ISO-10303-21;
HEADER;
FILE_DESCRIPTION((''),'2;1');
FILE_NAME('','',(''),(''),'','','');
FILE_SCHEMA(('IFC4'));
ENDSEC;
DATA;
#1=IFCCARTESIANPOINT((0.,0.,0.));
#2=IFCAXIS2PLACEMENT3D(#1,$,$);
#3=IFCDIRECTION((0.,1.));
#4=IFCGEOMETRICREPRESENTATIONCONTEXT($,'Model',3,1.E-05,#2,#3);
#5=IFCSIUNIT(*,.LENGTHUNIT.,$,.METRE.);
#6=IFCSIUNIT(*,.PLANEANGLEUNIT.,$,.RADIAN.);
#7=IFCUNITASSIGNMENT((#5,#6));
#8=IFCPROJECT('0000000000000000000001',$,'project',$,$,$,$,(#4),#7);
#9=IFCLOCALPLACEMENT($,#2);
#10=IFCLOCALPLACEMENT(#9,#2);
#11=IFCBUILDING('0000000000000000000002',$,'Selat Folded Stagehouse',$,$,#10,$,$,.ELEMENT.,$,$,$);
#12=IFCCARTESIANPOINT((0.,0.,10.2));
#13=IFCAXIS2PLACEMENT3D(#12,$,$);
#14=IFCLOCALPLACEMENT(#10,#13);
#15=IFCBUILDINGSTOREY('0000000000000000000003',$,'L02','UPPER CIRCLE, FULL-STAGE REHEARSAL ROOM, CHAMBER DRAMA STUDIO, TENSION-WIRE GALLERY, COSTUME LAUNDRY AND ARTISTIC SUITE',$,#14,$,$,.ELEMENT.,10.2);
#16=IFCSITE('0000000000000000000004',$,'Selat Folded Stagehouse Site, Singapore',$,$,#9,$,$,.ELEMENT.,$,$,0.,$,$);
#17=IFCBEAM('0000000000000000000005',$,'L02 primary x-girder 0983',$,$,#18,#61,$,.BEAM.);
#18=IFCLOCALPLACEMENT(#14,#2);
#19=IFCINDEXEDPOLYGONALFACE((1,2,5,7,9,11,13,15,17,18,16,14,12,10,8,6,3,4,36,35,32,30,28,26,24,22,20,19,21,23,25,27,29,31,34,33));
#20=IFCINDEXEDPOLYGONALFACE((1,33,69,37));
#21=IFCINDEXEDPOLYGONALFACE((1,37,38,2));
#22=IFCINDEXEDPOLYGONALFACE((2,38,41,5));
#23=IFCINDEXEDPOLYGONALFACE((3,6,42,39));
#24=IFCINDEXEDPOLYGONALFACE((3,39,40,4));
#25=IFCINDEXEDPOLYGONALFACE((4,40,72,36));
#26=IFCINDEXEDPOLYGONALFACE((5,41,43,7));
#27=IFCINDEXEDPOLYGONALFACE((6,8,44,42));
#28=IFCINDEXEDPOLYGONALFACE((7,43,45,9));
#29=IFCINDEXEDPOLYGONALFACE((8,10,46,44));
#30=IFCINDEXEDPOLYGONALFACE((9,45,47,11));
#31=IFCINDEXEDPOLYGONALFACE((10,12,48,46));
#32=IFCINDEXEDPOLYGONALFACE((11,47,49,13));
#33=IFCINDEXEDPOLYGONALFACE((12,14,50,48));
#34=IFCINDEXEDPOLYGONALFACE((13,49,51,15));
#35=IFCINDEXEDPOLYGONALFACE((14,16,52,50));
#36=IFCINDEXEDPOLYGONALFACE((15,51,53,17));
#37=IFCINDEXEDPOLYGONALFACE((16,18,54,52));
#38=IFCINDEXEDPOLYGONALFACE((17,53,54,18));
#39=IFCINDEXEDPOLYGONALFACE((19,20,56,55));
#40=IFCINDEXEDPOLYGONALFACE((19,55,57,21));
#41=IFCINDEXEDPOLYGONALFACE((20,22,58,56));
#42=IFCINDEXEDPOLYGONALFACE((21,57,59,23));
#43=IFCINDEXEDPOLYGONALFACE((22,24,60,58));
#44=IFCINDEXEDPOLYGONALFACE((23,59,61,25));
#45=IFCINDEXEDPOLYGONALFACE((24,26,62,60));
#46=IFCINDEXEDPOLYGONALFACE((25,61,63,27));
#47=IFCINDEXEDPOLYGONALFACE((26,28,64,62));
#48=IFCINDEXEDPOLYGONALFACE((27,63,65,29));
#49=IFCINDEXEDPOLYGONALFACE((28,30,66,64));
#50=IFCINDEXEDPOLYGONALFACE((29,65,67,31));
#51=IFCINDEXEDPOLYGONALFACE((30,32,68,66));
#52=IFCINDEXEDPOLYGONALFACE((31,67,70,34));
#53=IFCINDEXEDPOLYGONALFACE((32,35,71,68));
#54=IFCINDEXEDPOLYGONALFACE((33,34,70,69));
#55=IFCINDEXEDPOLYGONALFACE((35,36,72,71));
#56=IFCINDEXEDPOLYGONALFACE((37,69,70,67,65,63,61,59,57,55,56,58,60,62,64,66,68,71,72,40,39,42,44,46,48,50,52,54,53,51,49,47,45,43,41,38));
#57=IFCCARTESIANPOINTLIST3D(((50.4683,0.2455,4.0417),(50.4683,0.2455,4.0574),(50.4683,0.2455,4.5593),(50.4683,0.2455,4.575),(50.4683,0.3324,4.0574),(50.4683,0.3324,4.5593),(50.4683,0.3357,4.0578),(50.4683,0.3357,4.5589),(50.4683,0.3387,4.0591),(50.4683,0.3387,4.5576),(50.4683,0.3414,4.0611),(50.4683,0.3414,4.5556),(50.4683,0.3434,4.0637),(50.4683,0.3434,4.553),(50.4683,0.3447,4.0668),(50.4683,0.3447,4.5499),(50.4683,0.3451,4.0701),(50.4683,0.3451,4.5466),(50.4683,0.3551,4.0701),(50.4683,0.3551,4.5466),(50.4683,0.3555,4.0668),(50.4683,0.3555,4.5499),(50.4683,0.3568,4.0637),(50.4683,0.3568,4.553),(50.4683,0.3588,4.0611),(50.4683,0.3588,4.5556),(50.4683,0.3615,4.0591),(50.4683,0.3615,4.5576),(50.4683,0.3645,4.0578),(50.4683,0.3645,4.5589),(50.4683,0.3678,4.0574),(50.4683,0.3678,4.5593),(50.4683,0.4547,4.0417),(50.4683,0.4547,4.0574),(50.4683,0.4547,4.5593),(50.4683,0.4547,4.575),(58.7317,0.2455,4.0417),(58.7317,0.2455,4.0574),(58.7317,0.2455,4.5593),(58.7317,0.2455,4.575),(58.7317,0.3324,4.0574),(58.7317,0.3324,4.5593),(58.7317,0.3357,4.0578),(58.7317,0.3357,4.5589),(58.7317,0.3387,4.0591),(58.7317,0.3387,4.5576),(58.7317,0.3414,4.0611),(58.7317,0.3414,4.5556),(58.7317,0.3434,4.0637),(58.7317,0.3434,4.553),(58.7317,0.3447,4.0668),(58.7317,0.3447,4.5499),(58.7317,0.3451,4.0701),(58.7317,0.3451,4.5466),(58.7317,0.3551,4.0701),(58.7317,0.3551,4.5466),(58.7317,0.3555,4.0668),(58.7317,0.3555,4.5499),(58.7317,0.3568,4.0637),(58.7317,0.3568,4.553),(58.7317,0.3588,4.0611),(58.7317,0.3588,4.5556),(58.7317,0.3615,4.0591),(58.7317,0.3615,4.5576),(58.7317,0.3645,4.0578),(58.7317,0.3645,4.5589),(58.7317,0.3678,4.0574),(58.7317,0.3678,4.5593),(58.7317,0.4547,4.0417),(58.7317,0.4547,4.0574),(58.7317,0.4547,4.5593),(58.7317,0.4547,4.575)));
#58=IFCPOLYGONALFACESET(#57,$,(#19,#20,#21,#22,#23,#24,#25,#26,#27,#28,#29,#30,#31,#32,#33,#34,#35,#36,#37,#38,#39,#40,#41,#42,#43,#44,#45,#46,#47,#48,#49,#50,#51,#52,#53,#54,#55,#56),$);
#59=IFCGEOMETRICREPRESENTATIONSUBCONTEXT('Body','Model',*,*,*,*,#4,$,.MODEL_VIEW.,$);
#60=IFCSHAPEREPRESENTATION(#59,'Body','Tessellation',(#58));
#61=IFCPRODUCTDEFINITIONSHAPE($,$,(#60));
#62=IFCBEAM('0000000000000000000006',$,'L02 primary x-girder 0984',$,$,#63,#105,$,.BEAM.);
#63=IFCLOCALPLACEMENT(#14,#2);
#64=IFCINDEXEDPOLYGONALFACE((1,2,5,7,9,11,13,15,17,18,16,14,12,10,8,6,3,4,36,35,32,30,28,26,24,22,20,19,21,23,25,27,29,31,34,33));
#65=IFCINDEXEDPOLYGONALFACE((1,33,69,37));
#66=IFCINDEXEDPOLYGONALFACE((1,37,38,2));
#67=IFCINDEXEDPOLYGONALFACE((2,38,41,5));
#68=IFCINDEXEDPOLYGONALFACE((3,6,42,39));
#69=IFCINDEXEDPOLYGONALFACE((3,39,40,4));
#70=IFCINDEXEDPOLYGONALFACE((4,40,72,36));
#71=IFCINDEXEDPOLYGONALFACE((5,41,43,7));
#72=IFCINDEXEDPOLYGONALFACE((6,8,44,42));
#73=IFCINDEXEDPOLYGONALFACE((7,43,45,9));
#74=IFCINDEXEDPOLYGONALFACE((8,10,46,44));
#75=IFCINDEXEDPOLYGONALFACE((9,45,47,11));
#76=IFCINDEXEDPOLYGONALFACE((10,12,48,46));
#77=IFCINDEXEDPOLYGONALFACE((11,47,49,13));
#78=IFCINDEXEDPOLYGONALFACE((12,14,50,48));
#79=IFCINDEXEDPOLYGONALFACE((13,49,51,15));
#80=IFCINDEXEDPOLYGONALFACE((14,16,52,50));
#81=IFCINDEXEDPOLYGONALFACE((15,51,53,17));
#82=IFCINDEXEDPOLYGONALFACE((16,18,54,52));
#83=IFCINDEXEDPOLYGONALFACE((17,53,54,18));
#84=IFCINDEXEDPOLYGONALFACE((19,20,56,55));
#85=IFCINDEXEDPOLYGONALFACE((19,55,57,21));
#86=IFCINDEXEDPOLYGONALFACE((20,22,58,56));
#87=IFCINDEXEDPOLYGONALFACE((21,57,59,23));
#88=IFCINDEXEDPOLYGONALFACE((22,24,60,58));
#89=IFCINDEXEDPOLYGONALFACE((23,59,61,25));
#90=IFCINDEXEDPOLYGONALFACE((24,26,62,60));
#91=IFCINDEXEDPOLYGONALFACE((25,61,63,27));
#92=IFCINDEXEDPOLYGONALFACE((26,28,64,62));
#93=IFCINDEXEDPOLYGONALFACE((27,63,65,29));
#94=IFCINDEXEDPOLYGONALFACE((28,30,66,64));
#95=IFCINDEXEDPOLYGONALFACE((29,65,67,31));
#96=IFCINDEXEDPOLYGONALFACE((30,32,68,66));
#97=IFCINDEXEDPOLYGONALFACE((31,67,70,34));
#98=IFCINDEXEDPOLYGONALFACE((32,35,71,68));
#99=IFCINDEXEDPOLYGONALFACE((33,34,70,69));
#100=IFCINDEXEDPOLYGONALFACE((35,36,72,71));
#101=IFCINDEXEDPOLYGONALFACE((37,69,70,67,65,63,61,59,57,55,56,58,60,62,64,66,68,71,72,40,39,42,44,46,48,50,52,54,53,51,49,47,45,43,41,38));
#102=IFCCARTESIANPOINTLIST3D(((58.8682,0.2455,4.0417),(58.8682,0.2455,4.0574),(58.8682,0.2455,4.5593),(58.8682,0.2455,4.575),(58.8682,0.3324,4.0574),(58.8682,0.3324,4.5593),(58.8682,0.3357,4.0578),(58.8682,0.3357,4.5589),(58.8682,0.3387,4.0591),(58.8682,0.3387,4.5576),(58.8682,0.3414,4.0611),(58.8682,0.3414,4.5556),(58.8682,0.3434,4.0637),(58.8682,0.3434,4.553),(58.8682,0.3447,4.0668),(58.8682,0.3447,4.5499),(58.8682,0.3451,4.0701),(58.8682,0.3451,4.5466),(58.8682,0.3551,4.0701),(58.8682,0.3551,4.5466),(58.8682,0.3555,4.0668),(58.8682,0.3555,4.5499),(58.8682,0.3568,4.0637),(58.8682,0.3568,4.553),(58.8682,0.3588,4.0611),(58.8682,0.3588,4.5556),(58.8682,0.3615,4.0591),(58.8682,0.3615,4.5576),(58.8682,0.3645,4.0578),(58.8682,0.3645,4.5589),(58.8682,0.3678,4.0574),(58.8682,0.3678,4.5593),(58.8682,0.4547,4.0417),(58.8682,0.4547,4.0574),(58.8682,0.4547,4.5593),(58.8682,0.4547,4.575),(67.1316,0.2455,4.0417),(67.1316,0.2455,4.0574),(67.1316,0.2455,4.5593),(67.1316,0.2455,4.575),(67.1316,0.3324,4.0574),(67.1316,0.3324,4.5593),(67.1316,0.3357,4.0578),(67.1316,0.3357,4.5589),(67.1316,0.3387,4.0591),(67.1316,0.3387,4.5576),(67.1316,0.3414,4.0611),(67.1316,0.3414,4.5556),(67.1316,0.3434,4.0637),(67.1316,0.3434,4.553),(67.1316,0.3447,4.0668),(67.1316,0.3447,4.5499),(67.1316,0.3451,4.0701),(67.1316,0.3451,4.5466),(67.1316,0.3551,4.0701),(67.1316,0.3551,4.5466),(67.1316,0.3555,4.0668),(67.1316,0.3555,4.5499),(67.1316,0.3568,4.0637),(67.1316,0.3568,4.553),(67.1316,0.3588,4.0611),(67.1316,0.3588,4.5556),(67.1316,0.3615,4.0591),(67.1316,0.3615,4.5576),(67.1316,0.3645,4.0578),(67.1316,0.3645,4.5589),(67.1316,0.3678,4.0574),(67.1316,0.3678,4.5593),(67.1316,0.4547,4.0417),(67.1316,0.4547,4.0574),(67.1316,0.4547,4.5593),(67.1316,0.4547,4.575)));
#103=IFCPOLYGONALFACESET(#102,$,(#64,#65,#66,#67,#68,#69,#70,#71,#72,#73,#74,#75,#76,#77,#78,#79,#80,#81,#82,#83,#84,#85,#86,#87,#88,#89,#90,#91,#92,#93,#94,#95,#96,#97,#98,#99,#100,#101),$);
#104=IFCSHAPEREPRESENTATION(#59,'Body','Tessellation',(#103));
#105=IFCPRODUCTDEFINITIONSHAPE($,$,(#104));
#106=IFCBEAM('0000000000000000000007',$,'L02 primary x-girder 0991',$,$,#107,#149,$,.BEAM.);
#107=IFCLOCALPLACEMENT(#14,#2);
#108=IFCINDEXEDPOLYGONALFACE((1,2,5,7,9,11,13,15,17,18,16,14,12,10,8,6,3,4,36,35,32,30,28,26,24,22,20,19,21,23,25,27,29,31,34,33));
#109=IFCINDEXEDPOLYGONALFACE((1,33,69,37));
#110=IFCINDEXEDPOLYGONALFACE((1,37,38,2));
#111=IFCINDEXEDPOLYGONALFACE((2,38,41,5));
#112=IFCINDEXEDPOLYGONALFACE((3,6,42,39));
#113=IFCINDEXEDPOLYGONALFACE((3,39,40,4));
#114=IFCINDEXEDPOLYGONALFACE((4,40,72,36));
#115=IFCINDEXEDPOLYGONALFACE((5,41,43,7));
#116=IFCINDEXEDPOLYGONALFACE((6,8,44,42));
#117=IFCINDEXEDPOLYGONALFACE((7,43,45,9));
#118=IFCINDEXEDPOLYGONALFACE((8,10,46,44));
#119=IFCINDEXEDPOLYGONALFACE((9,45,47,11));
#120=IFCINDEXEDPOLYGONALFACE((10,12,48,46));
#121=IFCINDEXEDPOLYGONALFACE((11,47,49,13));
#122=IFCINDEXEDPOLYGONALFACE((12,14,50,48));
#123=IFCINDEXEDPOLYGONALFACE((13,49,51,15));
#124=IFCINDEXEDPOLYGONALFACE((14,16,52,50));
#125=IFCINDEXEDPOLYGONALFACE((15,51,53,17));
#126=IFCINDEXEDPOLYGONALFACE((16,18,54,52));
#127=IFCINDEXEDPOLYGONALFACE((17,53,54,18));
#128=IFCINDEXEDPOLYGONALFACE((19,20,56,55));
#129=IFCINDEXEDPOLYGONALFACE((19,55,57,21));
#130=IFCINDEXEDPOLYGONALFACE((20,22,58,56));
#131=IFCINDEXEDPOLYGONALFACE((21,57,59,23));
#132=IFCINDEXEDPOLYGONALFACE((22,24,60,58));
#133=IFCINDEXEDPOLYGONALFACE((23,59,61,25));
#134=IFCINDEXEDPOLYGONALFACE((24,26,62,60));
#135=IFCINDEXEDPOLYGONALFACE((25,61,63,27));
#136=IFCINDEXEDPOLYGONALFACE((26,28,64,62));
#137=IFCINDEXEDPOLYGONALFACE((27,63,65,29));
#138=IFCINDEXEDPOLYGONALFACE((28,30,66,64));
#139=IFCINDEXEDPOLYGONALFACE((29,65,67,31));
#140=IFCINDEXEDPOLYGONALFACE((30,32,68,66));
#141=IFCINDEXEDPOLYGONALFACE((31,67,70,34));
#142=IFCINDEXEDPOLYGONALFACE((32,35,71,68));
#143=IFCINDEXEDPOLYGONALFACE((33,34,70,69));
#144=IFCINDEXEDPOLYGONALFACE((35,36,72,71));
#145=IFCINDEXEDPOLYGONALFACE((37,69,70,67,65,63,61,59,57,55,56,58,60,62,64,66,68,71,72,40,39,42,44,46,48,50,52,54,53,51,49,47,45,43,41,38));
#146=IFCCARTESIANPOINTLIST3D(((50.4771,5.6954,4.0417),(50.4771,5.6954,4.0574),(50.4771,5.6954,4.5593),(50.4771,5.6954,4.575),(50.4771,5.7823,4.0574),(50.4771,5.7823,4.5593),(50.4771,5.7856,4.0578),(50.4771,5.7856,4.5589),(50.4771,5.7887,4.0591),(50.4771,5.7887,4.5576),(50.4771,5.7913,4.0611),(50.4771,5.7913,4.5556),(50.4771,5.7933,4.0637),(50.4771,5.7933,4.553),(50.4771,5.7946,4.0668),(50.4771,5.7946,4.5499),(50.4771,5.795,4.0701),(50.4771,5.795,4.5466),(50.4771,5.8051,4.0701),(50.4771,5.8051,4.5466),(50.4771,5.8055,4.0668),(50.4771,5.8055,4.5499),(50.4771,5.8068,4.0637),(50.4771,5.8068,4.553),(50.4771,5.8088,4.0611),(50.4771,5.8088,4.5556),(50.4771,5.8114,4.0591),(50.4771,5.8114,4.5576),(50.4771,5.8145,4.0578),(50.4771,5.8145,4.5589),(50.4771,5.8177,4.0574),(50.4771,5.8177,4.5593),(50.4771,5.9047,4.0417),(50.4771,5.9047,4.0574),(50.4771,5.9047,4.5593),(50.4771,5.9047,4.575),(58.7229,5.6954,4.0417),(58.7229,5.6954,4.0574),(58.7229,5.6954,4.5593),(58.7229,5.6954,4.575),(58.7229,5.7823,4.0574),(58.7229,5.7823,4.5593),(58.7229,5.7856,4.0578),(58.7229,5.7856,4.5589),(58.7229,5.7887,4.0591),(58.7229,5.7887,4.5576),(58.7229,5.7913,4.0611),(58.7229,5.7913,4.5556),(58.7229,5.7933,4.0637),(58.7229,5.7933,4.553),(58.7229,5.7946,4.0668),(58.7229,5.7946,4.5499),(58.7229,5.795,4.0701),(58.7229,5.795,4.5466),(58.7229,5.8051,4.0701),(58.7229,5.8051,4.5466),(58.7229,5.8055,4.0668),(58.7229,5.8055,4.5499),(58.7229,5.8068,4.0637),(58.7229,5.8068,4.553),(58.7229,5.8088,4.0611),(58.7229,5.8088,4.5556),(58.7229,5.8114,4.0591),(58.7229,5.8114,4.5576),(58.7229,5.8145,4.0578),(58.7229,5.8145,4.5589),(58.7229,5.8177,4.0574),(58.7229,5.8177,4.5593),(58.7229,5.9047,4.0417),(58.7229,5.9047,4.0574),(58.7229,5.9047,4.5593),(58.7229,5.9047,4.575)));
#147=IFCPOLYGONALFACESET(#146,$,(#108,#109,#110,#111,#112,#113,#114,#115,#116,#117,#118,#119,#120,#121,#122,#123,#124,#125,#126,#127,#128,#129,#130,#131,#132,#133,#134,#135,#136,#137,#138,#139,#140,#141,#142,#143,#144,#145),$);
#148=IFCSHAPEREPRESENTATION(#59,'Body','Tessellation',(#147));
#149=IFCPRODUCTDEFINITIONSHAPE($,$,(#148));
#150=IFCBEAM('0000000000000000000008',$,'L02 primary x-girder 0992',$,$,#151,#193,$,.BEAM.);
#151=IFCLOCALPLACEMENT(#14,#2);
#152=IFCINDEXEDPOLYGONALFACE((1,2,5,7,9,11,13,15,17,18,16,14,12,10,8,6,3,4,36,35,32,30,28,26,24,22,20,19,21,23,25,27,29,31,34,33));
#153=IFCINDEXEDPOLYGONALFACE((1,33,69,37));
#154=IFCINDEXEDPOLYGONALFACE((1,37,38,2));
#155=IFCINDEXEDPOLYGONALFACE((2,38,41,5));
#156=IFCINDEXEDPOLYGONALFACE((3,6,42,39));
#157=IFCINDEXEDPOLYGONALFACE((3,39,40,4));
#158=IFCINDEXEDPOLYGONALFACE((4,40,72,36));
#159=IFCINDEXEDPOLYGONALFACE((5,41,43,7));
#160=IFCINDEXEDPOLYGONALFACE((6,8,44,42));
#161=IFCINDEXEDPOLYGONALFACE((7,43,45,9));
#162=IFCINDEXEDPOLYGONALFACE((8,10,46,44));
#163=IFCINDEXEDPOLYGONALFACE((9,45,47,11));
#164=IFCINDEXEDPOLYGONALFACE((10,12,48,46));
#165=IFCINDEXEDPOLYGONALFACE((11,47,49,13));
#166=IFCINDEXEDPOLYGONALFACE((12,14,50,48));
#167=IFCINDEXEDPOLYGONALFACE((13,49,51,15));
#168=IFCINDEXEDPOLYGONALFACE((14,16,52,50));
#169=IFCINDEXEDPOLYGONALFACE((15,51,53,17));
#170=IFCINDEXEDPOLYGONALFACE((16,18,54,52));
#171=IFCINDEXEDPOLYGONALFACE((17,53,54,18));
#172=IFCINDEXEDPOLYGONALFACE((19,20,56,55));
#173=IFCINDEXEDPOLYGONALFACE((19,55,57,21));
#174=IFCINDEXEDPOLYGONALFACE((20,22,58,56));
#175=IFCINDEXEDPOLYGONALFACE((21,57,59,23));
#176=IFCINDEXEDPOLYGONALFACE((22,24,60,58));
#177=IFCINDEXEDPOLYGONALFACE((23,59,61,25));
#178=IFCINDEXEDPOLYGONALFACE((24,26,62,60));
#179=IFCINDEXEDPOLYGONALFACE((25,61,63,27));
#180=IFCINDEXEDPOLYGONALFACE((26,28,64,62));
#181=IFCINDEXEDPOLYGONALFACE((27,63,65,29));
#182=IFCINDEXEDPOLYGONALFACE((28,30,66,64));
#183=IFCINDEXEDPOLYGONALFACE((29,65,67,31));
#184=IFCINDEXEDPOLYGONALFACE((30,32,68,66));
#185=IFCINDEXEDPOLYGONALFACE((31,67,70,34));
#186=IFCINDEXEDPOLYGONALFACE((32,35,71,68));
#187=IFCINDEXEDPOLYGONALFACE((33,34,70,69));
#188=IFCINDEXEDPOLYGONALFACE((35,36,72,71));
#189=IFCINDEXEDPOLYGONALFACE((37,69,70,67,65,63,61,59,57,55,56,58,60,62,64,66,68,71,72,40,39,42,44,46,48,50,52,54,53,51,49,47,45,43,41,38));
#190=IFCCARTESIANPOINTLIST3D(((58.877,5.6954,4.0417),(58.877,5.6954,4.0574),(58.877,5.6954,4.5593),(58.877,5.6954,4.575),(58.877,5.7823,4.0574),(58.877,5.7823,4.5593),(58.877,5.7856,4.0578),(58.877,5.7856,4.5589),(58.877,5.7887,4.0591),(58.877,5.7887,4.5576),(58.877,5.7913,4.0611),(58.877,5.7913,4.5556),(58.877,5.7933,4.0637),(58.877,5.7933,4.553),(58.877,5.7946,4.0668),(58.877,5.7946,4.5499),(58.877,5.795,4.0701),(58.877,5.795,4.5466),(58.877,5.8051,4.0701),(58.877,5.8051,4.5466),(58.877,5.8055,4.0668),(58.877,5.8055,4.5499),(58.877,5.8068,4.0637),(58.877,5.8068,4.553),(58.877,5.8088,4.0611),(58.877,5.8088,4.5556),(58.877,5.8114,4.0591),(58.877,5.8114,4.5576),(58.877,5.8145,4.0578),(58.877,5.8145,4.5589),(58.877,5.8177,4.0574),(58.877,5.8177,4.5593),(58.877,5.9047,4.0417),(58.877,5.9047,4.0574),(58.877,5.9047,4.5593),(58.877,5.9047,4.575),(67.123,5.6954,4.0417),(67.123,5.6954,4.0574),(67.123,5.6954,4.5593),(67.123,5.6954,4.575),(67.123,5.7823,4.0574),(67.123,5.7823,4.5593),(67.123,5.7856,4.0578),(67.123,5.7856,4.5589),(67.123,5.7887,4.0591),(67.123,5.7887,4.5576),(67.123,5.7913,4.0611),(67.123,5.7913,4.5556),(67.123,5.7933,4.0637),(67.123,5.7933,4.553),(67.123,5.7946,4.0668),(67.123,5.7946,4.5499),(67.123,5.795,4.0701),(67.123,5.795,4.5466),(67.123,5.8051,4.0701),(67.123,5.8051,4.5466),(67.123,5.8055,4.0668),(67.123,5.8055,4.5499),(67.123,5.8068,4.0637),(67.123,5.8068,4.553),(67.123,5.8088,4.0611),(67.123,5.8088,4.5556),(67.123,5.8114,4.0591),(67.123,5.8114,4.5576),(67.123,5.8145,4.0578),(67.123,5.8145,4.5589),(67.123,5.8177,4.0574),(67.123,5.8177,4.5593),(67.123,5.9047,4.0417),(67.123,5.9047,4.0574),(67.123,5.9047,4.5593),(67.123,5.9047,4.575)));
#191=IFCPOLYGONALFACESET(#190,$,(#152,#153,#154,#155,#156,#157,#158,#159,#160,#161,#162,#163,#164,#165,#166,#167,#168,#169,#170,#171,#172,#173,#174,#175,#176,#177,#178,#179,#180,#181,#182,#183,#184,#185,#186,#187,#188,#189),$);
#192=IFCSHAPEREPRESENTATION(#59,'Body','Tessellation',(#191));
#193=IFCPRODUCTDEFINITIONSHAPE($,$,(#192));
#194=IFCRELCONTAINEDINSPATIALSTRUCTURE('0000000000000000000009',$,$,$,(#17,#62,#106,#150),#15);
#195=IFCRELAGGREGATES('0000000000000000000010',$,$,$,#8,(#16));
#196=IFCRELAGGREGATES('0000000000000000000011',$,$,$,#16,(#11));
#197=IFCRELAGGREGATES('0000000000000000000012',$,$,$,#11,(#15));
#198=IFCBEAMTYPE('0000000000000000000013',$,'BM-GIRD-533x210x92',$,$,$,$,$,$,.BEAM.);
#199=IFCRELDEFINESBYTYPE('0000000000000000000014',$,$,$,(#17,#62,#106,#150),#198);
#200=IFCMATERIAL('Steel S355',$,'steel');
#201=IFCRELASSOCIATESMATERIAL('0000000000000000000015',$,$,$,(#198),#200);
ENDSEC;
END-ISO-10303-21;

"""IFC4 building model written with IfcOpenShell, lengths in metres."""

from ifc_helpers import new_model, si_unit, direction, frame, origin, origin_2d, place, context, subcontext, project, spatial, i_section, extrude, material, material_profile, profile_set, type_object, element, save


model = new_model("IFC4")

# Units and contexts
model_context = context("Model", 3, precision=1e-05, world=origin(), true_north=direction((0.0, 1.0)))
body_context = subcontext(model_context, "Body", "Model", "MODEL_VIEW")
ifc_project = project(units=[si_unit("LENGTHUNIT", "METRE"), si_unit("PLANEANGLEUNIT", "RADIAN")], contexts=[model_context])

# Site, building, storey
site_placement = place(None, origin())
site = spatial("IfcSite", under=ifc_project, at=site_placement, Name="Selat Folded Stagehouse Site, Singapore", CompositionType="ELEMENT", RefElevation=0.0)
building_placement = place(site_placement, origin())
building = spatial("IfcBuilding", under=site, at=building_placement, Name="Selat Folded Stagehouse", CompositionType="ELEMENT")
storey_placement = place(building_placement, frame((0.0, 0.0, 10.2)))
storey = spatial("IfcBuildingStorey", under=building, at=storey_placement, Name="L02", Description="UPPER CIRCLE, FULL-STAGE REHEARSAL ROOM, CHAMBER DRAMA STUDIO, TENSION-WIRE GALLERY, COSTUME LAUNDRY AND ARTISTIC SUITE", CompositionType="ELEMENT", Elevation=10.2)

# Shared definitions
ifc_material_1 = material(Name="Steel S355", Category="steel")

# Beams
ifc_material_profile_1 = material_profile(ifc_material_1, i_section(OverallWidth=0.2092, OverallDepth=0.5332, WebThickness=0.01, FlangeThickness=0.0156, FilletRadius=0.0127, at=origin_2d()), Name="UKB 533x210x92")
ifc_profile_set_1 = profile_set([ifc_material_profile_1], Name="Steel S355")
beam_type_1 = type_object("IfcBeamType", Name="BM-GIRD-533x210x92", PredefinedType="BEAM", material=ifc_profile_set_1)
for number, where, z_axis, x_axis, name in (
    (1, (50.4683, 0.3501, 4.3083), (1.0, 0.0, 0.0), (0.0, 1.0, 0.0), "L02 primary x-girder 0983"),
    (2, (58.8682, 0.3501, 4.3083), (1.0, 0.0, 0.0), (0.0, 1.0, 0.0), "L02 primary x-girder 0984"),
):
    element("IfcBeam", number, at=place(storey_placement, frame(where, z_axis=z_axis, x_axis=x_axis)), inside=storey, type_object=beam_type_1, Name=name, PredefinedType="BEAM", context=body_context, shape_type="SweptSolid", body=[
        extrude(i_section(OverallWidth=0.2092, OverallDepth=0.5332, WebThickness=0.01, FlangeThickness=0.0156, FilletRadius=0.0127, at=origin_2d()), origin(), (0.0, 0.0, 1.0), 8.2634),
    ])
beam_1_placement = place(storey_placement, frame((50.4771, 5.8, 4.3083), z_axis=(1.0, 0.0, 0.0), x_axis=(0.0, 1.0, 0.0)))
element("IfcBeam", 3, at=beam_1_placement, inside=storey, type_object=beam_type_1, Name="L02 primary x-girder 0991", PredefinedType="BEAM", context=body_context, shape_type="SweptSolid", body=[
    extrude(i_section(OverallWidth=0.2092, OverallDepth=0.5332, WebThickness=0.01, FlangeThickness=0.0156, FilletRadius=0.0127, at=origin_2d()), origin(), (0.0, 0.0, 1.0), 8.2458),
])
beam_2_placement = place(storey_placement, frame((58.877, 5.8, 4.3083), z_axis=(1.0, 0.0, 0.0), x_axis=(0.0, 1.0, 0.0)))
element("IfcBeam", 4, at=beam_2_placement, inside=storey, type_object=beam_type_1, Name="L02 primary x-girder 0992", PredefinedType="BEAM", context=body_context, shape_type="SweptSolid", body=[
    extrude(i_section(OverallWidth=0.2092, OverallDepth=0.5332, WebThickness=0.01, FlangeThickness=0.0156, FilletRadius=0.0127, at=origin_2d()), origin(), (0.0, 0.0, 1.0), 8.2461),
])

save(model, "model.ifc")
